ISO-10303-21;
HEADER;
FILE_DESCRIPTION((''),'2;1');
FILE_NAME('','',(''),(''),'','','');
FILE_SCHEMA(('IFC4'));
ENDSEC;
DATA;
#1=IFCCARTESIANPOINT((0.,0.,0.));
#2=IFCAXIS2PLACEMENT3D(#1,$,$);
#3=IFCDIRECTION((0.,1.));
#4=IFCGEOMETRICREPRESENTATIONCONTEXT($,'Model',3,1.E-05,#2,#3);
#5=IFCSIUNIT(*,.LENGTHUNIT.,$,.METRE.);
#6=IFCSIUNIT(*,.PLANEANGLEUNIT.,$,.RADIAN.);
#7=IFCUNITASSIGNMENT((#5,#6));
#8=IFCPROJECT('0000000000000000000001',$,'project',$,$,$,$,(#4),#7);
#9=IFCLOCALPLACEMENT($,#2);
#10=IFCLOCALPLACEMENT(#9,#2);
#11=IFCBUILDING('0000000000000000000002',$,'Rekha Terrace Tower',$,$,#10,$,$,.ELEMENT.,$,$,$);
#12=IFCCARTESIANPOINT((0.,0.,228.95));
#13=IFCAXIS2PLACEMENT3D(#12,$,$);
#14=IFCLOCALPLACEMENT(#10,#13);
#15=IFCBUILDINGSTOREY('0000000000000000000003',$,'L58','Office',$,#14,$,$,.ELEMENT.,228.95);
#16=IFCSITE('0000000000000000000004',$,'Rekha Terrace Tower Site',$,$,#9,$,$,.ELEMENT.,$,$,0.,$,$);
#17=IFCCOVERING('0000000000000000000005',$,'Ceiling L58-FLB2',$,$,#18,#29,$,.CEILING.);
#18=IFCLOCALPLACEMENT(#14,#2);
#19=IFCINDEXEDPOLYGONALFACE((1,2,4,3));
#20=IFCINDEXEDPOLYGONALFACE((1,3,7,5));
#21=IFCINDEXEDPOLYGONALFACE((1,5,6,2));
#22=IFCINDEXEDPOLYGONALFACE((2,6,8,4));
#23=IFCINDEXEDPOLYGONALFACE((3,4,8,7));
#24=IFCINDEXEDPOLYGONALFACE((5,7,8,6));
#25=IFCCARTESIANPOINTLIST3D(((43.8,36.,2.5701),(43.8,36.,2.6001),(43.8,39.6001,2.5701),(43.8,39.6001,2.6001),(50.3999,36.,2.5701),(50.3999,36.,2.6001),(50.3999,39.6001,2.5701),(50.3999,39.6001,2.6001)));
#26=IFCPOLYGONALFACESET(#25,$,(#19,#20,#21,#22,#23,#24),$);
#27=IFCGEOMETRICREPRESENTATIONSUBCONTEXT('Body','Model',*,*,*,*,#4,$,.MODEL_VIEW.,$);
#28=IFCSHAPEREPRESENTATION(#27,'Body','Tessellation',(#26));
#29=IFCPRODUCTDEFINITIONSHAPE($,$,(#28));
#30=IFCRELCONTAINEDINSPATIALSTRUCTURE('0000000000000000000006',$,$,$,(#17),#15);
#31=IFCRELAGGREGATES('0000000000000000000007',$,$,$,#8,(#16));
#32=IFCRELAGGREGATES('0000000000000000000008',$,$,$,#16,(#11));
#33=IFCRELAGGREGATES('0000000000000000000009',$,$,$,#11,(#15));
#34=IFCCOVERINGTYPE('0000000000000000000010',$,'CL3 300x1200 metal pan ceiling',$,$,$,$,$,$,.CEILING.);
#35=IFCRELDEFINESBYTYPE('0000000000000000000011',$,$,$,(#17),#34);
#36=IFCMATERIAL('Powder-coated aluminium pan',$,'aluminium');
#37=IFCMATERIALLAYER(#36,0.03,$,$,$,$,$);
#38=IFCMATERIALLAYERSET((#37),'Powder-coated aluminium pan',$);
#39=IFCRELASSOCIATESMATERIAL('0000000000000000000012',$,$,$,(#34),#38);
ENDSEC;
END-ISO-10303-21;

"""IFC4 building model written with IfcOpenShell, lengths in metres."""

from ifc_helpers import new_model, si_unit, direction, frame, origin, place, context, subcontext, project, spatial, polyline, outline, extrude, material, layer, layer_set, type_object, element, save


model = new_model("IFC4")

# Units and contexts
model_context = context("Model", 3, precision=1e-05, world=origin(), true_north=direction((0.0, 1.0)))
body_context = subcontext(model_context, "Body", "Model", "MODEL_VIEW")
ifc_project = project(units=[si_unit("LENGTHUNIT", "METRE"), si_unit("PLANEANGLEUNIT", "RADIAN")], contexts=[model_context])

# Site, building, storey
site_placement = place(None, origin())
site = spatial("IfcSite", under=ifc_project, at=site_placement, Name="Rekha Terrace Tower Site", CompositionType="ELEMENT", RefElevation=0.0)
building_placement = place(site_placement, origin())
building = spatial("IfcBuilding", under=site, at=building_placement, Name="Rekha Terrace Tower", CompositionType="ELEMENT")
storey_placement = place(building_placement, frame((0.0, 0.0, 228.95)))
storey = spatial("IfcBuildingStorey", under=building, at=storey_placement, Name="L58", Description="Office", CompositionType="ELEMENT", Elevation=228.95)

# Covering
ifc_material_1 = material(Name="Powder-coated aluminium pan", Category="aluminium")
ifc_layer_1 = layer(ifc_material_1, 0.03)
ifc_layer_set_1 = layer_set([ifc_layer_1], Name="Powder-coated aluminium pan")
covering_type_1 = type_object("IfcCoveringType", Name="CL3 300x1200 metal pan ceiling", PredefinedType="CEILING", material=ifc_layer_set_1)
covering_1_placement = place(storey_placement, frame((0.0, 0.0, 2.5701)))
element("IfcCovering", 1, at=covering_1_placement, inside=storey, type_object=covering_type_1, Name="Ceiling L58-FLB2", PredefinedType="CEILING", context=body_context, shape_type="SweptSolid", body=[
    extrude(outline(polyline([(50.3999, 39.6001), (43.8, 39.6001), (43.8, 36.0), (50.3999, 36.0), (50.3999, 39.6001)])), origin(), (0.0, 0.0, 1.0), 0.03),
])

save(model, "model.ifc")
